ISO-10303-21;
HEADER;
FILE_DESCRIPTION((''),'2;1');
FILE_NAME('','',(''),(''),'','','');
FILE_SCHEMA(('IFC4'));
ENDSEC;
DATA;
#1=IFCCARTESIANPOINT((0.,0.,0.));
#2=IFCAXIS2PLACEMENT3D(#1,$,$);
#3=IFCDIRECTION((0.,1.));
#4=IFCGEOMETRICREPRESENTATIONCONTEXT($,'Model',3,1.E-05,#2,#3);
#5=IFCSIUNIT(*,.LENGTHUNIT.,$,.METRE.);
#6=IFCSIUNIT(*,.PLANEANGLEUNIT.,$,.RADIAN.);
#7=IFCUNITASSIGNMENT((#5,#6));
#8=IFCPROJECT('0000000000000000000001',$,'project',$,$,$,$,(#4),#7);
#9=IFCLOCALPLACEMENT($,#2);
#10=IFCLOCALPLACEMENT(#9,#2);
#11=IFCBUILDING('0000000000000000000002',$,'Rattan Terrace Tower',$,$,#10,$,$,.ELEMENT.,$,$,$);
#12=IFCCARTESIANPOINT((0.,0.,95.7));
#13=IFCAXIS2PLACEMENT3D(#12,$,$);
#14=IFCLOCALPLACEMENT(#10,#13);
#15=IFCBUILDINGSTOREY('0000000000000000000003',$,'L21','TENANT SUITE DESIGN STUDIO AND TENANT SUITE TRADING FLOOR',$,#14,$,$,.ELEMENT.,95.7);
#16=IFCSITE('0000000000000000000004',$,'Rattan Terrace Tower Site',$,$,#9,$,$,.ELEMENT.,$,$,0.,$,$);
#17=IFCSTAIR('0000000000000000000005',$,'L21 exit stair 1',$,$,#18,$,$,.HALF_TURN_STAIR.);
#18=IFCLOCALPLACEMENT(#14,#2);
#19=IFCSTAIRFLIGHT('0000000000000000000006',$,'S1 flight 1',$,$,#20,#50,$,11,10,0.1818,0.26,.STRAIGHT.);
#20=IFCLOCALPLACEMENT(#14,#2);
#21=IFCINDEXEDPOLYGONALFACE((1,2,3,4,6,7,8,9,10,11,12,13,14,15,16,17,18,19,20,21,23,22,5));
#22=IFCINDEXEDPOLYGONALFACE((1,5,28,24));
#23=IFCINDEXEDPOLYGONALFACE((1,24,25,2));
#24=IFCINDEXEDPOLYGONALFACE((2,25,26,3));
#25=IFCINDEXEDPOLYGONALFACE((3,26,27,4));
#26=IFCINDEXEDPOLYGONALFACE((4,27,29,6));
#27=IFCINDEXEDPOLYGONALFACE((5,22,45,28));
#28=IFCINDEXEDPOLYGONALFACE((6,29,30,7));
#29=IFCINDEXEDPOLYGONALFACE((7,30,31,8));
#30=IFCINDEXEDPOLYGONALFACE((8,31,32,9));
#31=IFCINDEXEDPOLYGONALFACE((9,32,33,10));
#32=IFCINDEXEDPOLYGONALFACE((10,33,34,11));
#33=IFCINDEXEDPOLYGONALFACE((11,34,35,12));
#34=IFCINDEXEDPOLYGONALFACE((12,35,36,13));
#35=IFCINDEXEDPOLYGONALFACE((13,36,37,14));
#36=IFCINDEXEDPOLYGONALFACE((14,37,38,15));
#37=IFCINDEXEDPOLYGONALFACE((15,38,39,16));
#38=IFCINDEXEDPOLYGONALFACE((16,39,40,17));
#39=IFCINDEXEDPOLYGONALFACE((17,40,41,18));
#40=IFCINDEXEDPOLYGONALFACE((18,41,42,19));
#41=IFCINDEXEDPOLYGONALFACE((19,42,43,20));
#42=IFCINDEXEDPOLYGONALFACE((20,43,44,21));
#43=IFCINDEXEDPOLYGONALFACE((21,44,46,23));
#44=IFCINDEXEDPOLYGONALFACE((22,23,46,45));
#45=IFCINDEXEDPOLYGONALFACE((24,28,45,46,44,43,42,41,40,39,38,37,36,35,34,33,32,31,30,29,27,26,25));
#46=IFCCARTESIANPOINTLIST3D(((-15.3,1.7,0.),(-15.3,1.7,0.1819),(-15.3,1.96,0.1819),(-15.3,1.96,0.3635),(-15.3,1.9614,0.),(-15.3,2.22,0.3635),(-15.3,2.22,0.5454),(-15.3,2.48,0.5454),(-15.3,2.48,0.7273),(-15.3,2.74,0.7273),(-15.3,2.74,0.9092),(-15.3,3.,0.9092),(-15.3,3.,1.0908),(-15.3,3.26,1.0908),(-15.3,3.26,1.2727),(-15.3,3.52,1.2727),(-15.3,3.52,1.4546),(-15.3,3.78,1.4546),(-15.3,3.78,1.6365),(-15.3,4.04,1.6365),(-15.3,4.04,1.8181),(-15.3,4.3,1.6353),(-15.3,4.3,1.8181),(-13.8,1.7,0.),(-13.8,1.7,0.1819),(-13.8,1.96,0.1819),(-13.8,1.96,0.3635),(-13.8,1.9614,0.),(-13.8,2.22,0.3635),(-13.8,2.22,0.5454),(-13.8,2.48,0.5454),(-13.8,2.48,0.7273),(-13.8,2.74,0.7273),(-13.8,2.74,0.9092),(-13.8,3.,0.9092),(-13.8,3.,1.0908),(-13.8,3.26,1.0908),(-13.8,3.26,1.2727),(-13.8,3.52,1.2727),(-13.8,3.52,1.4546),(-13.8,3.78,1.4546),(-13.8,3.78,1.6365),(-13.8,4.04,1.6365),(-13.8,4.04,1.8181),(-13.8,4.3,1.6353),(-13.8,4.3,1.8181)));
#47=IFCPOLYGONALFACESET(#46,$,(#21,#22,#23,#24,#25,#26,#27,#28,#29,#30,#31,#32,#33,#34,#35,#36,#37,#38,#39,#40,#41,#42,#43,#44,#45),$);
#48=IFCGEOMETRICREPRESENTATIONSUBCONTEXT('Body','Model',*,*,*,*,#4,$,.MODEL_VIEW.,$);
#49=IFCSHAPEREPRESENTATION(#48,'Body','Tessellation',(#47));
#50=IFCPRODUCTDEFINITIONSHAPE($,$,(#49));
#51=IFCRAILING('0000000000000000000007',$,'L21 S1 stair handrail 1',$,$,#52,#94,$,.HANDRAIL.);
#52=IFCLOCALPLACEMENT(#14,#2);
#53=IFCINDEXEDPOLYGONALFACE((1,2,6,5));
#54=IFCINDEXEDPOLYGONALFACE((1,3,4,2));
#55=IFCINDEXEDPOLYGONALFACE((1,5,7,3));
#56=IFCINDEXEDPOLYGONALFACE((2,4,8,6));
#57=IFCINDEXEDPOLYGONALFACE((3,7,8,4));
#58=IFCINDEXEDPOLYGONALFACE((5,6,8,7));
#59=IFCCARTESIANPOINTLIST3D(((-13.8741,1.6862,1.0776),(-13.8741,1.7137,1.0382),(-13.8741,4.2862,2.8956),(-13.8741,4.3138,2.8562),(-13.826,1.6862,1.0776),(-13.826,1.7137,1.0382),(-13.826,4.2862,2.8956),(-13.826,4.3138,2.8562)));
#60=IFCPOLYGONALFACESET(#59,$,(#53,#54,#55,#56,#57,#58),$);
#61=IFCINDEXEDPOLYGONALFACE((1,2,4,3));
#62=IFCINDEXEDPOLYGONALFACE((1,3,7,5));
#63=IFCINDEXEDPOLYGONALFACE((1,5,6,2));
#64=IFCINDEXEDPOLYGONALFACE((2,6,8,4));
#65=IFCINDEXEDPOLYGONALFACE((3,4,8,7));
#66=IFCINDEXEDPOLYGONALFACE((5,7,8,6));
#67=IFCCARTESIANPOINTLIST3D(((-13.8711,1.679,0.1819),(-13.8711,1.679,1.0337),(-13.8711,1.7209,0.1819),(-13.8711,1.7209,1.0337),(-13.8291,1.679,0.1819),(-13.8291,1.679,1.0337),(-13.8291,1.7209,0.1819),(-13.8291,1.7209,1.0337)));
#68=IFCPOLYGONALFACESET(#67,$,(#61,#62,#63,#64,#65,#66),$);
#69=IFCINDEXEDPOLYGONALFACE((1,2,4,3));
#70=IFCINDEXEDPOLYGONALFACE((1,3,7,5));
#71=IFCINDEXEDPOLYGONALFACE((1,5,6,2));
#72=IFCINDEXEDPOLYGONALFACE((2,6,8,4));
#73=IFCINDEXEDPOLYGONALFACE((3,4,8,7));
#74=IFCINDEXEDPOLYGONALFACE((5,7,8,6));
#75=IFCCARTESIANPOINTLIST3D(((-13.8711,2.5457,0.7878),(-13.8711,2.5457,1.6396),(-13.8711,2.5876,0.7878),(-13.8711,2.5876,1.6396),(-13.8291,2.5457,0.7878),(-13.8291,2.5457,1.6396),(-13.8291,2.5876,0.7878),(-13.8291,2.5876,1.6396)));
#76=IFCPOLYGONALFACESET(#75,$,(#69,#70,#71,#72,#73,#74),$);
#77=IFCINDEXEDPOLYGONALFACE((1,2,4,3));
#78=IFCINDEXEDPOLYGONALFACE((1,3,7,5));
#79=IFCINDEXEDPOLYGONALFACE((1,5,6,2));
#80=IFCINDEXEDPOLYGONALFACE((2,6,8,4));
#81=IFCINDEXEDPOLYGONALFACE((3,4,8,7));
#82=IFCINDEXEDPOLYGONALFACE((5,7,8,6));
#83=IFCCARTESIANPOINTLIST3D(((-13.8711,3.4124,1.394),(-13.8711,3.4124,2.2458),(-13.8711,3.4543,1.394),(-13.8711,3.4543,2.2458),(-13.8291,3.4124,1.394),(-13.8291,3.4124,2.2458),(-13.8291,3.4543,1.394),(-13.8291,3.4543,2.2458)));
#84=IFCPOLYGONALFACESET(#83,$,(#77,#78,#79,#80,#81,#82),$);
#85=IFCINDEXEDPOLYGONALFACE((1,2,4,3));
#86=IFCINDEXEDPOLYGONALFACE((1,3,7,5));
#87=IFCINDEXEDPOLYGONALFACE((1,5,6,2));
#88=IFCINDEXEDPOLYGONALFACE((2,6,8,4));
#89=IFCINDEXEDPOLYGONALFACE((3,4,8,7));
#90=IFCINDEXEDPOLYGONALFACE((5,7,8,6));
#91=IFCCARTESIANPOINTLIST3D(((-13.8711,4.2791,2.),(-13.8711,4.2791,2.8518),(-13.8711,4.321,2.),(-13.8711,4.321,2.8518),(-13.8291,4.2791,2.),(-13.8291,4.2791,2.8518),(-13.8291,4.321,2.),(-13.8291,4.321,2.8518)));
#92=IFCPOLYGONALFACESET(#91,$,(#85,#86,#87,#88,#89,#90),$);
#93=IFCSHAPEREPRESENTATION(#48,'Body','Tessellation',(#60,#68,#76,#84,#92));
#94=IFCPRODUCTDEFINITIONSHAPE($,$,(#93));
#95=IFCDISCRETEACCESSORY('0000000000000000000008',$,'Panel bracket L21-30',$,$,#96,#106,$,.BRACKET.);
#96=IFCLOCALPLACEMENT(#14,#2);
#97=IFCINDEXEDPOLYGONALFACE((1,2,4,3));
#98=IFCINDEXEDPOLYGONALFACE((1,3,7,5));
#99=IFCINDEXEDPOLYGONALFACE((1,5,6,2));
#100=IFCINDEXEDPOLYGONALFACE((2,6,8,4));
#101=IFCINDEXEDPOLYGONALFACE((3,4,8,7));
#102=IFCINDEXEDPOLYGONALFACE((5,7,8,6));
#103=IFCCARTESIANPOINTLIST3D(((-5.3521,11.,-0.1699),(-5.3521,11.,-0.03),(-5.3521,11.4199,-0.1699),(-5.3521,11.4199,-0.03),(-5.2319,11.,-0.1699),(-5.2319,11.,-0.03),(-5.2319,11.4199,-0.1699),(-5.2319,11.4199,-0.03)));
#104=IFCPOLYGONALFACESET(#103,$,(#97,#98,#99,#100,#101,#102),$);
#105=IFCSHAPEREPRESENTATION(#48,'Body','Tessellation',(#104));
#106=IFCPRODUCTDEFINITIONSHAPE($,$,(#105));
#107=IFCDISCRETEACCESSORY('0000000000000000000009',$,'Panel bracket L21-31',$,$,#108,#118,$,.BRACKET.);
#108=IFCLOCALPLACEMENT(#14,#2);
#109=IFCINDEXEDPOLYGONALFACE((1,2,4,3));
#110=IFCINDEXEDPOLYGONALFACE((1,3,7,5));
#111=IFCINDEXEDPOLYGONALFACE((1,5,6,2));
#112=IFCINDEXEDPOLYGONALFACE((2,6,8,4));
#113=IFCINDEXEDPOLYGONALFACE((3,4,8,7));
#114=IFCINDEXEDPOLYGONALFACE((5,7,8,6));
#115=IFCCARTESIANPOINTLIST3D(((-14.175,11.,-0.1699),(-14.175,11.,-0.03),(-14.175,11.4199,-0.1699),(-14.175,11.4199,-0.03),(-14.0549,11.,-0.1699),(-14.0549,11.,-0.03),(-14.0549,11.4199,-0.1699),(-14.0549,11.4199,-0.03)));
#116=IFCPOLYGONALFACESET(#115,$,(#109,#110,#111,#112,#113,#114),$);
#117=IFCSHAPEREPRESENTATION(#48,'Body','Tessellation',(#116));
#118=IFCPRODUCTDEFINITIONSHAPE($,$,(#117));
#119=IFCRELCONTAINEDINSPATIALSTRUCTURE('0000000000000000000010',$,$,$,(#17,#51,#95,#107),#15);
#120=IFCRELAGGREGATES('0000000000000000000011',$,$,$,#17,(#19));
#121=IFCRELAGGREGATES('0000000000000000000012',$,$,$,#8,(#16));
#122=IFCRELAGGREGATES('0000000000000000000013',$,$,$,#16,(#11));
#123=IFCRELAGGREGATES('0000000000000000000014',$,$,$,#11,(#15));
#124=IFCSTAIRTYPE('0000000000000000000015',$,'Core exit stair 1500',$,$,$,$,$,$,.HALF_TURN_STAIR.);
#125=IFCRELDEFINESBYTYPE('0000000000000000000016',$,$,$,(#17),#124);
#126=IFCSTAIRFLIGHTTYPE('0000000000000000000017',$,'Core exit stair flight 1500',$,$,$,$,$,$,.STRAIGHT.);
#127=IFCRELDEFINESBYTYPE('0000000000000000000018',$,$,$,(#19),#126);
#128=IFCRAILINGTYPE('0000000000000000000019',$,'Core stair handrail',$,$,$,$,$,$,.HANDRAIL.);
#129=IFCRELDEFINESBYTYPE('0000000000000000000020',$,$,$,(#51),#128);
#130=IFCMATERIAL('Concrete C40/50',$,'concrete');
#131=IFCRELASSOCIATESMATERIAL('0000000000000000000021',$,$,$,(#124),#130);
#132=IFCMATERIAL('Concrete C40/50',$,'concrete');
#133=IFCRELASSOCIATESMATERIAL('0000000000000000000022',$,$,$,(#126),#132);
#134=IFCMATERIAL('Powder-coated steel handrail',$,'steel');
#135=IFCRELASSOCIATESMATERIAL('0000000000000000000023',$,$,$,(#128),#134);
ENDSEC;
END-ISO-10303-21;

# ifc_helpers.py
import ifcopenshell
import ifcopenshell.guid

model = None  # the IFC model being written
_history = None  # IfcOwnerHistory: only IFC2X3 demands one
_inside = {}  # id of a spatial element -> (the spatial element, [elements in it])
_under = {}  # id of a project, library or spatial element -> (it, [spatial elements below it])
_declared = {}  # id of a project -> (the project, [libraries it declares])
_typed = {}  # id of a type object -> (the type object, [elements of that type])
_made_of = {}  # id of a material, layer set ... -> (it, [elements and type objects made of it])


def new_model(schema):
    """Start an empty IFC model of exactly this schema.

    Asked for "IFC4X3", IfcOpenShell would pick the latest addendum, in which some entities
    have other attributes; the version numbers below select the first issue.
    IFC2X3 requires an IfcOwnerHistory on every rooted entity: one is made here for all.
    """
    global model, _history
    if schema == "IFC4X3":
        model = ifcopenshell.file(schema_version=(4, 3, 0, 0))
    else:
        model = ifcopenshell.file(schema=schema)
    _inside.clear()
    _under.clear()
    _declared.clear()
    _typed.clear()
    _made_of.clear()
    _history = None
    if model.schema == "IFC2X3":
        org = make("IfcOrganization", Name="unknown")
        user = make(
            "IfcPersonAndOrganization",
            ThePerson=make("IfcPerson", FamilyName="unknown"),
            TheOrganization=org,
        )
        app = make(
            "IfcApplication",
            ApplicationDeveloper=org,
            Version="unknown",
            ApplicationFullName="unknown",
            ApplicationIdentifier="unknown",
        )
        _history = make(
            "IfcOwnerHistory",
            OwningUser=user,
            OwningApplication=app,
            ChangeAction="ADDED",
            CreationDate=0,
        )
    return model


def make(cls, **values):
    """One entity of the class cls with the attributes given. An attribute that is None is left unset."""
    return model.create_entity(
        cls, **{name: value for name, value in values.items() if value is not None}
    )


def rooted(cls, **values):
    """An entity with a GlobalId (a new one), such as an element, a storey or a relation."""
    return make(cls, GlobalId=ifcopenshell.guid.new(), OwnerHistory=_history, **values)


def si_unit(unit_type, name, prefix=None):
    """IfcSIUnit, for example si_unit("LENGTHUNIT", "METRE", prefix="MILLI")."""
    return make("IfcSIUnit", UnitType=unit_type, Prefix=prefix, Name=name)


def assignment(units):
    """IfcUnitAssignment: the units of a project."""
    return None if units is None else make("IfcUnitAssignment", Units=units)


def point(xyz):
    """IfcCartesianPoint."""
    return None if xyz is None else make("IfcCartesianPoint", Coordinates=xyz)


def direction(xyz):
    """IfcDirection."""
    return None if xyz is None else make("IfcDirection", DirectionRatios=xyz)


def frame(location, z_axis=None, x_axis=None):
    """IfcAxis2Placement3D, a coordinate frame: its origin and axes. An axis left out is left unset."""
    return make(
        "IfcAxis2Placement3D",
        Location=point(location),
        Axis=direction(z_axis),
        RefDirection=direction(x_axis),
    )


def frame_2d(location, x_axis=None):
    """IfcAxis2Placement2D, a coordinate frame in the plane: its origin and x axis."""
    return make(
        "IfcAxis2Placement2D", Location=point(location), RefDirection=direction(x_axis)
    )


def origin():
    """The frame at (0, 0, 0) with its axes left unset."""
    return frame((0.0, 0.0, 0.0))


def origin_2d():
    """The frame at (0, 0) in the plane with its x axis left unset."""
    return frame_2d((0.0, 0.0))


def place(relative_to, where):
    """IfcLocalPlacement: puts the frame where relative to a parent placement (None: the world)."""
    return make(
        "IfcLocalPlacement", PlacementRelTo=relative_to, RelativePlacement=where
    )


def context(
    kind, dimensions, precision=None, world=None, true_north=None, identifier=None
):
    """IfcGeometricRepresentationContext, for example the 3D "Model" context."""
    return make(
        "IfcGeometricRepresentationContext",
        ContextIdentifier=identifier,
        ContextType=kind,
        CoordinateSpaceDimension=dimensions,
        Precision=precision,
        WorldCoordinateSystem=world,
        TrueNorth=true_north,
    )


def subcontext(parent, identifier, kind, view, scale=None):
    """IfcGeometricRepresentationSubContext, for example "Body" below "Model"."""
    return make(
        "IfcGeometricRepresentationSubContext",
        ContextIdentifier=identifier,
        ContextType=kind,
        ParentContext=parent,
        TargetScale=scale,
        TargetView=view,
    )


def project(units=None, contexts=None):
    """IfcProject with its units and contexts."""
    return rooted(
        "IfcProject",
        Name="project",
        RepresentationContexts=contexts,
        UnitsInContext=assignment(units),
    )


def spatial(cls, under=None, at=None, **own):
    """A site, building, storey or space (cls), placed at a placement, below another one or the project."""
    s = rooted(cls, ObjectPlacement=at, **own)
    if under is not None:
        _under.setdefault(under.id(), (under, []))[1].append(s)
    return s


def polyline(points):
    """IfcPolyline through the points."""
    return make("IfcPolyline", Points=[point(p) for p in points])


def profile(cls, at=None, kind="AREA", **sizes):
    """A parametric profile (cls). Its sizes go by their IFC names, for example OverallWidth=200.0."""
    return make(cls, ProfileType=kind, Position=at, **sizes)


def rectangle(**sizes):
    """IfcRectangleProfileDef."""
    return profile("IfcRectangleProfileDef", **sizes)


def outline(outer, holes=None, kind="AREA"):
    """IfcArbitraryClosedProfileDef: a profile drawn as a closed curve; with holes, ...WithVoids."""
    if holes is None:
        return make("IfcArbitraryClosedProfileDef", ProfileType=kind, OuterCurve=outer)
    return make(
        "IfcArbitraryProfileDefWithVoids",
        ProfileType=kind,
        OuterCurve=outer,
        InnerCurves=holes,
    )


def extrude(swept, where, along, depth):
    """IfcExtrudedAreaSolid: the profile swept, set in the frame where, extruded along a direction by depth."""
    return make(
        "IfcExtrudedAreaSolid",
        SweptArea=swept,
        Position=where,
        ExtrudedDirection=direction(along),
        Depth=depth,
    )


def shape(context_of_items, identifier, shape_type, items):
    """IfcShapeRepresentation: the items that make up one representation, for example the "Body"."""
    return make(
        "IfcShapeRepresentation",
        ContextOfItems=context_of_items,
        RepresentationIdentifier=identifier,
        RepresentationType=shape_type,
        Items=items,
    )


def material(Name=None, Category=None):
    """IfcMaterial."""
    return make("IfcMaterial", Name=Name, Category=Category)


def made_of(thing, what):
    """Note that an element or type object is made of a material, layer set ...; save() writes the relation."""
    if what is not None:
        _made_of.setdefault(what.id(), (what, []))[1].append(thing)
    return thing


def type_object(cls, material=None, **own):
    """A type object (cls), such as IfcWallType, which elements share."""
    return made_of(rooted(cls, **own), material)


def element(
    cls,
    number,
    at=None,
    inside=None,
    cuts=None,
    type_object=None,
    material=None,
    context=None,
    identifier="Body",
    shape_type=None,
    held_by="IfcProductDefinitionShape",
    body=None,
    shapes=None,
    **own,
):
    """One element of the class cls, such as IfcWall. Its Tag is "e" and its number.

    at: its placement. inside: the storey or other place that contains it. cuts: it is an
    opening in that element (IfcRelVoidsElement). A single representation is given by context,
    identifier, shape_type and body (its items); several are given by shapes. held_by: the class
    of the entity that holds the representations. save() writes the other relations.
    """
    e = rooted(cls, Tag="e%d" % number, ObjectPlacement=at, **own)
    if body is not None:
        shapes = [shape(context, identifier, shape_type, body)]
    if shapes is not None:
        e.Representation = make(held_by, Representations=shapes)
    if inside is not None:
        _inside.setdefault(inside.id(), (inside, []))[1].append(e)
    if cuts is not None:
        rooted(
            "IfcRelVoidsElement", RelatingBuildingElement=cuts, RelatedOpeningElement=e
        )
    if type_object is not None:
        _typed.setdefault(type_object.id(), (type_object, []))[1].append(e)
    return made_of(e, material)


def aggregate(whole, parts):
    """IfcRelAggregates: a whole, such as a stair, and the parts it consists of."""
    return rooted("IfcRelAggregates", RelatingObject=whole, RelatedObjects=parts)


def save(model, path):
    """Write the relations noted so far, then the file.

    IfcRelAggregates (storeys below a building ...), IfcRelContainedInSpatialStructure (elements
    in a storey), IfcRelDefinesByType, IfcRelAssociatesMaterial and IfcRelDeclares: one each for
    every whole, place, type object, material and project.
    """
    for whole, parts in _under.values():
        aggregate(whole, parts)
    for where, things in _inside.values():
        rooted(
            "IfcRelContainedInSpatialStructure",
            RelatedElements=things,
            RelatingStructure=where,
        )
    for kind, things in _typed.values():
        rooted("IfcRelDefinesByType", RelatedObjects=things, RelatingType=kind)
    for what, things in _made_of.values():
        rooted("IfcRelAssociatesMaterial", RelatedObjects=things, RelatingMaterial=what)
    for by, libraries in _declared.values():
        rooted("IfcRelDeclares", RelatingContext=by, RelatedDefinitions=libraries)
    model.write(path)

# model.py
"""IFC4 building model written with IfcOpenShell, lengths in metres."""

from ifc_helpers import new_model, si_unit, direction, frame, origin, origin_2d, place, context, subcontext, project, spatial, polyline, rectangle, outline, extrude, material, type_object, element, aggregate, save


model = new_model("IFC4")

# Units and contexts
model_context = context("Model", 3, precision=1e-05, world=origin(), true_north=direction((0.0, 1.0)))
body_context = subcontext(model_context, "Body", "Model", "MODEL_VIEW")
ifc_project = project(units=[si_unit("LENGTHUNIT", "METRE"), si_unit("PLANEANGLEUNIT", "RADIAN")], contexts=[model_context])

# Site, building, storey
site_placement = place(None, origin())
site = spatial("IfcSite", under=ifc_project, at=site_placement, Name="Rattan Terrace Tower Site", CompositionType="ELEMENT", RefElevation=0.0)
building_placement = place(site_placement, origin())
building = spatial("IfcBuilding", under=site, at=building_placement, Name="Rattan Terrace Tower", CompositionType="ELEMENT")
storey_placement = place(building_placement, frame((0.0, 0.0, 95.7)))
storey = spatial("IfcBuildingStorey", under=building, at=storey_placement, Name="L21", Description="TENANT SUITE DESIGN STUDIO AND TENANT SUITE TRADING FLOOR", CompositionType="ELEMENT", Elevation=95.7)

# Stair, stair flight
ifc_material_1 = material(Name="Concrete C40/50", Category="concrete")
stair_type = type_object("IfcStairType", Name="Core exit stair 1500", PredefinedType="HALF_TURN_STAIR", material=ifc_material_1)
stair_placement = place(storey_placement, origin())
stair = element("IfcStair", 1, at=stair_placement, inside=storey, type_object=stair_type, Name="L21 exit stair 1", PredefinedType="HALF_TURN_STAIR")
ifc_material_2 = material(Name="Concrete C40/50", Category="concrete")
stair_flight_type = type_object("IfcStairFlightType", Name="Core exit stair flight 1500", PredefinedType="STRAIGHT", material=ifc_material_2)
stair_flight_placement = place(storey_placement, frame((-14.55, 1.7, 0.0), z_axis=(0.0, 0.0, 1.0), x_axis=(0.0, 1.0, 0.0)))
stair_flight = element("IfcStairFlight", 2, at=stair_flight_placement, type_object=stair_flight_type, Name="S1 flight 1", NumberOfRisers=11, NumberOfTreads=10, PredefinedType="STRAIGHT", RiserHeight=0.1818, TreadLength=0.26, context=body_context, shape_type="SweptSolid", body=[
    extrude(outline(polyline([(0.0, 0.0), (0.0, 0.1819), (0.26, 0.1819), (0.26, 0.3635), (0.52, 0.3635), (0.52, 0.5454), (0.78, 0.5454), (0.78, 0.7273), (1.04, 0.7273), (1.04, 0.9092), (1.3, 0.9092), (1.3, 1.0908), (1.5601, 1.0908), (1.5601, 1.2727), (1.8201, 1.2727), (1.8201, 1.4546), (2.0801, 1.4546), (2.0801, 1.6365), (2.3401, 1.6365), (2.3401, 1.8181), (2.6001, 1.8181), (2.6001, 2.0), (2.6001, 1.6353), (0.2615, 0.0), (0.0, 0.0)])), frame((0.0, 0.75, 0.0), z_axis=(0.0, -1.0, 0.0), x_axis=(1.0, 0.0, 0.0)), (0.0, 0.0, 1.0), 1.5),
])
aggregate(stair, [stair_flight])

# Railing
ifc_material_3 = material(Name="Powder-coated steel handrail", Category="steel")
railing_type = type_object("IfcRailingType", Name="Core stair handrail", PredefinedType="HANDRAIL", material=ifc_material_3)
railing_placement = place(storey_placement, frame((-13.8501, 1.7, 0.1819)))
element("IfcRailing", 3, at=railing_placement, inside=storey, type_object=railing_type, Name="L21 S1 stair handrail 1", PredefinedType="HANDRAIL", context=body_context, shape_type="SweptSolid", body=[
    extrude(rectangle(XDim=0.0481, YDim=0.0481, at=origin_2d()), frame((0.0, 0.0, 0.876), z_axis=(0.0, 0.819521, 0.573049), x_axis=(-1.0, 0.0, 0.0)), (0.0, 0.0, 1.0), 3.1726),
    extrude(rectangle(XDim=0.042, YDim=0.042, at=origin_2d()), origin(), (0.0, 0.0, 1.0), 0.8518),
    extrude(rectangle(XDim=0.042, YDim=0.042, at=origin_2d()), frame((0.0, 0.8667, 0.606)), (0.0, 0.0, 1.0), 0.8518),
    extrude(rectangle(XDim=0.042, YDim=0.042, at=origin_2d()), frame((0.0, 1.7334, 1.2122)), (0.0, 0.0, 1.0), 0.8518),
    extrude(rectangle(XDim=0.042, YDim=0.042, at=origin_2d()), frame((0.0, 2.6001, 1.8181)), (0.0, 0.0, 1.0), 0.8518),
])

# Discrete accessories
for number, where, z_axis, x_axis, name in (
    (4, (-5.292, 11.21, -0.1699), (0.0, 0.0, 1.0), (-1.0, 0.0, 0.0), "Panel bracket L21-30"),
    (5, (-14.115, 11.21, -0.1699), (0.0, 0.0, 1.0), (-1.0, 0.0, 0.0), "Panel bracket L21-31"),
):
    element("IfcDiscreteAccessory", number, at=place(storey_placement, frame(where, z_axis=z_axis, x_axis=x_axis)), inside=storey, Name=name, PredefinedType="BRACKET", context=body_context, shape_type="SweptSolid", body=[
        extrude(rectangle(XDim=0.1201, YDim=0.4199, at=origin_2d()), origin(), (0.0, 0.0, 1.0), 0.1399),
    ])

save(model, "model.ifc")
